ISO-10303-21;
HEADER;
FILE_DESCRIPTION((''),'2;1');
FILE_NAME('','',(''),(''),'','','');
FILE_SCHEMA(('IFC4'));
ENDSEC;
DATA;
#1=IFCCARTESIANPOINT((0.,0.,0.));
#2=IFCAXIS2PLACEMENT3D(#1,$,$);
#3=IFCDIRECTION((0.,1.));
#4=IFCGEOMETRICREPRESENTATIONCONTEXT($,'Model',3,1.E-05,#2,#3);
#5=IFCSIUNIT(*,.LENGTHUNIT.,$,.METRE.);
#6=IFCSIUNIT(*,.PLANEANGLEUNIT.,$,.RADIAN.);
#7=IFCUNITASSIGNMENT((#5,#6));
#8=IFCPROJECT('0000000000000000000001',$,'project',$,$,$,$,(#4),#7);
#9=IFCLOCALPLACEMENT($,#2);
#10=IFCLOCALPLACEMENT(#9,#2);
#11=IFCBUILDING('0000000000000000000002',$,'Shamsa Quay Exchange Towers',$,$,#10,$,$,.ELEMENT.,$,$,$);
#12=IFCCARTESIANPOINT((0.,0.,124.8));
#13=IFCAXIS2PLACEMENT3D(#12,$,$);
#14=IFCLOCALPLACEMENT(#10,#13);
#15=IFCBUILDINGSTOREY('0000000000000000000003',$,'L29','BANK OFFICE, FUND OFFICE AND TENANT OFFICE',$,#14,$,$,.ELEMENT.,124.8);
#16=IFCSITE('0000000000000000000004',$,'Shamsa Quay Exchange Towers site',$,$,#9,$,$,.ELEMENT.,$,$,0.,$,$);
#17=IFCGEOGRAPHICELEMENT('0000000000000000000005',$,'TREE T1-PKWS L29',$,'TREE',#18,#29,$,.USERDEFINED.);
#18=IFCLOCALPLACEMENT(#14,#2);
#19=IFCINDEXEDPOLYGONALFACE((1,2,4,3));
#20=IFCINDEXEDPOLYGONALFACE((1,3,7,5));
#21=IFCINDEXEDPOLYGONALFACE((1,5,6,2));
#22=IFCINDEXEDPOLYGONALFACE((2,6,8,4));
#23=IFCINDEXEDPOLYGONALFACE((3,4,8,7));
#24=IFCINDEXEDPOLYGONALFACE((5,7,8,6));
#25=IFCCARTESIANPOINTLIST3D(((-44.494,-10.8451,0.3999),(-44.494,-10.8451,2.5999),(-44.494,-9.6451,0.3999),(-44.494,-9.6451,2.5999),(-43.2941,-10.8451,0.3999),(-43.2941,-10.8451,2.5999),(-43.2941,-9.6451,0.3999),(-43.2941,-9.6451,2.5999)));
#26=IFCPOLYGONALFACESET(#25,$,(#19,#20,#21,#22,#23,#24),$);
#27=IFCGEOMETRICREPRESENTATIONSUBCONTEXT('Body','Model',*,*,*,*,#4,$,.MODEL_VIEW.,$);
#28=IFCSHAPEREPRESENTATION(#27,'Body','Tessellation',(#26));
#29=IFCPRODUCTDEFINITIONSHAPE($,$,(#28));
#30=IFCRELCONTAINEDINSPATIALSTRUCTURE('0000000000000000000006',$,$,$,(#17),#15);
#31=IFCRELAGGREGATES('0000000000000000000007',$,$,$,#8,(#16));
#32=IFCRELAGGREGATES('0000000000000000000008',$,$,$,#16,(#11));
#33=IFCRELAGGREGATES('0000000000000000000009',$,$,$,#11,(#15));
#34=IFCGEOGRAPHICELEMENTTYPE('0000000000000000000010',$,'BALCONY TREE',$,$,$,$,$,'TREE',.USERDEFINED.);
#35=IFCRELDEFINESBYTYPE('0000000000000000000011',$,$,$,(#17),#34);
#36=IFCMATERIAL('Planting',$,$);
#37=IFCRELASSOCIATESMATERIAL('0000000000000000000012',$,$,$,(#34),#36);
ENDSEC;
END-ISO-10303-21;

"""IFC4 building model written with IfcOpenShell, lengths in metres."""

from ifc_helpers import new_model, si_unit, direction, frame, origin, origin_2d, place, context, subcontext, project, spatial, rectangle, extrude, material, type_object, element, save


model = new_model("IFC4")

# Units and contexts
model_context = context("Model", 3, precision=1e-05, world=origin(), true_north=direction((0.0, 1.0)))
body_context = subcontext(model_context, "Body", "Model", "MODEL_VIEW")
ifc_project = project(units=[si_unit("LENGTHUNIT", "METRE"), si_unit("PLANEANGLEUNIT", "RADIAN")], contexts=[model_context])

# Site, building, storey
site_placement = place(None, origin())
site = spatial("IfcSite", under=ifc_project, at=site_placement, Name="Shamsa Quay Exchange Towers site", CompositionType="ELEMENT", RefElevation=0.0)
building_placement = place(site_placement, origin())
building = spatial("IfcBuilding", under=site, at=building_placement, Name="Shamsa Quay Exchange Towers", CompositionType="ELEMENT")
storey_placement = place(building_placement, frame((0.0, 0.0, 124.8)))
storey = spatial("IfcBuildingStorey", under=building, at=storey_placement, Name="L29", Description="BANK OFFICE, FUND OFFICE AND TENANT OFFICE", CompositionType="ELEMENT", Elevation=124.8)

# Geographic element
ifc_material_1 = material(Name="Planting")
geographic_element_type = type_object("IfcGeographicElementType", Name="BALCONY TREE", ElementType="TREE", PredefinedType="USERDEFINED", material=ifc_material_1)
geographic_element_placement = place(storey_placement, frame((-43.894, -10.2451, 0.3999)))
element("IfcGeographicElement", 1, at=geographic_element_placement, inside=storey, type_object=geographic_element_type, Name="TREE T1-PKWS L29", ObjectType="TREE", PredefinedType="USERDEFINED", context=body_context, shape_type="SweptSolid", body=[
    extrude(rectangle(XDim=1.2, YDim=1.2, at=origin_2d()), origin(), (0.0, 0.0, 1.0), 2.2),
])

save(model, "model.ifc")
